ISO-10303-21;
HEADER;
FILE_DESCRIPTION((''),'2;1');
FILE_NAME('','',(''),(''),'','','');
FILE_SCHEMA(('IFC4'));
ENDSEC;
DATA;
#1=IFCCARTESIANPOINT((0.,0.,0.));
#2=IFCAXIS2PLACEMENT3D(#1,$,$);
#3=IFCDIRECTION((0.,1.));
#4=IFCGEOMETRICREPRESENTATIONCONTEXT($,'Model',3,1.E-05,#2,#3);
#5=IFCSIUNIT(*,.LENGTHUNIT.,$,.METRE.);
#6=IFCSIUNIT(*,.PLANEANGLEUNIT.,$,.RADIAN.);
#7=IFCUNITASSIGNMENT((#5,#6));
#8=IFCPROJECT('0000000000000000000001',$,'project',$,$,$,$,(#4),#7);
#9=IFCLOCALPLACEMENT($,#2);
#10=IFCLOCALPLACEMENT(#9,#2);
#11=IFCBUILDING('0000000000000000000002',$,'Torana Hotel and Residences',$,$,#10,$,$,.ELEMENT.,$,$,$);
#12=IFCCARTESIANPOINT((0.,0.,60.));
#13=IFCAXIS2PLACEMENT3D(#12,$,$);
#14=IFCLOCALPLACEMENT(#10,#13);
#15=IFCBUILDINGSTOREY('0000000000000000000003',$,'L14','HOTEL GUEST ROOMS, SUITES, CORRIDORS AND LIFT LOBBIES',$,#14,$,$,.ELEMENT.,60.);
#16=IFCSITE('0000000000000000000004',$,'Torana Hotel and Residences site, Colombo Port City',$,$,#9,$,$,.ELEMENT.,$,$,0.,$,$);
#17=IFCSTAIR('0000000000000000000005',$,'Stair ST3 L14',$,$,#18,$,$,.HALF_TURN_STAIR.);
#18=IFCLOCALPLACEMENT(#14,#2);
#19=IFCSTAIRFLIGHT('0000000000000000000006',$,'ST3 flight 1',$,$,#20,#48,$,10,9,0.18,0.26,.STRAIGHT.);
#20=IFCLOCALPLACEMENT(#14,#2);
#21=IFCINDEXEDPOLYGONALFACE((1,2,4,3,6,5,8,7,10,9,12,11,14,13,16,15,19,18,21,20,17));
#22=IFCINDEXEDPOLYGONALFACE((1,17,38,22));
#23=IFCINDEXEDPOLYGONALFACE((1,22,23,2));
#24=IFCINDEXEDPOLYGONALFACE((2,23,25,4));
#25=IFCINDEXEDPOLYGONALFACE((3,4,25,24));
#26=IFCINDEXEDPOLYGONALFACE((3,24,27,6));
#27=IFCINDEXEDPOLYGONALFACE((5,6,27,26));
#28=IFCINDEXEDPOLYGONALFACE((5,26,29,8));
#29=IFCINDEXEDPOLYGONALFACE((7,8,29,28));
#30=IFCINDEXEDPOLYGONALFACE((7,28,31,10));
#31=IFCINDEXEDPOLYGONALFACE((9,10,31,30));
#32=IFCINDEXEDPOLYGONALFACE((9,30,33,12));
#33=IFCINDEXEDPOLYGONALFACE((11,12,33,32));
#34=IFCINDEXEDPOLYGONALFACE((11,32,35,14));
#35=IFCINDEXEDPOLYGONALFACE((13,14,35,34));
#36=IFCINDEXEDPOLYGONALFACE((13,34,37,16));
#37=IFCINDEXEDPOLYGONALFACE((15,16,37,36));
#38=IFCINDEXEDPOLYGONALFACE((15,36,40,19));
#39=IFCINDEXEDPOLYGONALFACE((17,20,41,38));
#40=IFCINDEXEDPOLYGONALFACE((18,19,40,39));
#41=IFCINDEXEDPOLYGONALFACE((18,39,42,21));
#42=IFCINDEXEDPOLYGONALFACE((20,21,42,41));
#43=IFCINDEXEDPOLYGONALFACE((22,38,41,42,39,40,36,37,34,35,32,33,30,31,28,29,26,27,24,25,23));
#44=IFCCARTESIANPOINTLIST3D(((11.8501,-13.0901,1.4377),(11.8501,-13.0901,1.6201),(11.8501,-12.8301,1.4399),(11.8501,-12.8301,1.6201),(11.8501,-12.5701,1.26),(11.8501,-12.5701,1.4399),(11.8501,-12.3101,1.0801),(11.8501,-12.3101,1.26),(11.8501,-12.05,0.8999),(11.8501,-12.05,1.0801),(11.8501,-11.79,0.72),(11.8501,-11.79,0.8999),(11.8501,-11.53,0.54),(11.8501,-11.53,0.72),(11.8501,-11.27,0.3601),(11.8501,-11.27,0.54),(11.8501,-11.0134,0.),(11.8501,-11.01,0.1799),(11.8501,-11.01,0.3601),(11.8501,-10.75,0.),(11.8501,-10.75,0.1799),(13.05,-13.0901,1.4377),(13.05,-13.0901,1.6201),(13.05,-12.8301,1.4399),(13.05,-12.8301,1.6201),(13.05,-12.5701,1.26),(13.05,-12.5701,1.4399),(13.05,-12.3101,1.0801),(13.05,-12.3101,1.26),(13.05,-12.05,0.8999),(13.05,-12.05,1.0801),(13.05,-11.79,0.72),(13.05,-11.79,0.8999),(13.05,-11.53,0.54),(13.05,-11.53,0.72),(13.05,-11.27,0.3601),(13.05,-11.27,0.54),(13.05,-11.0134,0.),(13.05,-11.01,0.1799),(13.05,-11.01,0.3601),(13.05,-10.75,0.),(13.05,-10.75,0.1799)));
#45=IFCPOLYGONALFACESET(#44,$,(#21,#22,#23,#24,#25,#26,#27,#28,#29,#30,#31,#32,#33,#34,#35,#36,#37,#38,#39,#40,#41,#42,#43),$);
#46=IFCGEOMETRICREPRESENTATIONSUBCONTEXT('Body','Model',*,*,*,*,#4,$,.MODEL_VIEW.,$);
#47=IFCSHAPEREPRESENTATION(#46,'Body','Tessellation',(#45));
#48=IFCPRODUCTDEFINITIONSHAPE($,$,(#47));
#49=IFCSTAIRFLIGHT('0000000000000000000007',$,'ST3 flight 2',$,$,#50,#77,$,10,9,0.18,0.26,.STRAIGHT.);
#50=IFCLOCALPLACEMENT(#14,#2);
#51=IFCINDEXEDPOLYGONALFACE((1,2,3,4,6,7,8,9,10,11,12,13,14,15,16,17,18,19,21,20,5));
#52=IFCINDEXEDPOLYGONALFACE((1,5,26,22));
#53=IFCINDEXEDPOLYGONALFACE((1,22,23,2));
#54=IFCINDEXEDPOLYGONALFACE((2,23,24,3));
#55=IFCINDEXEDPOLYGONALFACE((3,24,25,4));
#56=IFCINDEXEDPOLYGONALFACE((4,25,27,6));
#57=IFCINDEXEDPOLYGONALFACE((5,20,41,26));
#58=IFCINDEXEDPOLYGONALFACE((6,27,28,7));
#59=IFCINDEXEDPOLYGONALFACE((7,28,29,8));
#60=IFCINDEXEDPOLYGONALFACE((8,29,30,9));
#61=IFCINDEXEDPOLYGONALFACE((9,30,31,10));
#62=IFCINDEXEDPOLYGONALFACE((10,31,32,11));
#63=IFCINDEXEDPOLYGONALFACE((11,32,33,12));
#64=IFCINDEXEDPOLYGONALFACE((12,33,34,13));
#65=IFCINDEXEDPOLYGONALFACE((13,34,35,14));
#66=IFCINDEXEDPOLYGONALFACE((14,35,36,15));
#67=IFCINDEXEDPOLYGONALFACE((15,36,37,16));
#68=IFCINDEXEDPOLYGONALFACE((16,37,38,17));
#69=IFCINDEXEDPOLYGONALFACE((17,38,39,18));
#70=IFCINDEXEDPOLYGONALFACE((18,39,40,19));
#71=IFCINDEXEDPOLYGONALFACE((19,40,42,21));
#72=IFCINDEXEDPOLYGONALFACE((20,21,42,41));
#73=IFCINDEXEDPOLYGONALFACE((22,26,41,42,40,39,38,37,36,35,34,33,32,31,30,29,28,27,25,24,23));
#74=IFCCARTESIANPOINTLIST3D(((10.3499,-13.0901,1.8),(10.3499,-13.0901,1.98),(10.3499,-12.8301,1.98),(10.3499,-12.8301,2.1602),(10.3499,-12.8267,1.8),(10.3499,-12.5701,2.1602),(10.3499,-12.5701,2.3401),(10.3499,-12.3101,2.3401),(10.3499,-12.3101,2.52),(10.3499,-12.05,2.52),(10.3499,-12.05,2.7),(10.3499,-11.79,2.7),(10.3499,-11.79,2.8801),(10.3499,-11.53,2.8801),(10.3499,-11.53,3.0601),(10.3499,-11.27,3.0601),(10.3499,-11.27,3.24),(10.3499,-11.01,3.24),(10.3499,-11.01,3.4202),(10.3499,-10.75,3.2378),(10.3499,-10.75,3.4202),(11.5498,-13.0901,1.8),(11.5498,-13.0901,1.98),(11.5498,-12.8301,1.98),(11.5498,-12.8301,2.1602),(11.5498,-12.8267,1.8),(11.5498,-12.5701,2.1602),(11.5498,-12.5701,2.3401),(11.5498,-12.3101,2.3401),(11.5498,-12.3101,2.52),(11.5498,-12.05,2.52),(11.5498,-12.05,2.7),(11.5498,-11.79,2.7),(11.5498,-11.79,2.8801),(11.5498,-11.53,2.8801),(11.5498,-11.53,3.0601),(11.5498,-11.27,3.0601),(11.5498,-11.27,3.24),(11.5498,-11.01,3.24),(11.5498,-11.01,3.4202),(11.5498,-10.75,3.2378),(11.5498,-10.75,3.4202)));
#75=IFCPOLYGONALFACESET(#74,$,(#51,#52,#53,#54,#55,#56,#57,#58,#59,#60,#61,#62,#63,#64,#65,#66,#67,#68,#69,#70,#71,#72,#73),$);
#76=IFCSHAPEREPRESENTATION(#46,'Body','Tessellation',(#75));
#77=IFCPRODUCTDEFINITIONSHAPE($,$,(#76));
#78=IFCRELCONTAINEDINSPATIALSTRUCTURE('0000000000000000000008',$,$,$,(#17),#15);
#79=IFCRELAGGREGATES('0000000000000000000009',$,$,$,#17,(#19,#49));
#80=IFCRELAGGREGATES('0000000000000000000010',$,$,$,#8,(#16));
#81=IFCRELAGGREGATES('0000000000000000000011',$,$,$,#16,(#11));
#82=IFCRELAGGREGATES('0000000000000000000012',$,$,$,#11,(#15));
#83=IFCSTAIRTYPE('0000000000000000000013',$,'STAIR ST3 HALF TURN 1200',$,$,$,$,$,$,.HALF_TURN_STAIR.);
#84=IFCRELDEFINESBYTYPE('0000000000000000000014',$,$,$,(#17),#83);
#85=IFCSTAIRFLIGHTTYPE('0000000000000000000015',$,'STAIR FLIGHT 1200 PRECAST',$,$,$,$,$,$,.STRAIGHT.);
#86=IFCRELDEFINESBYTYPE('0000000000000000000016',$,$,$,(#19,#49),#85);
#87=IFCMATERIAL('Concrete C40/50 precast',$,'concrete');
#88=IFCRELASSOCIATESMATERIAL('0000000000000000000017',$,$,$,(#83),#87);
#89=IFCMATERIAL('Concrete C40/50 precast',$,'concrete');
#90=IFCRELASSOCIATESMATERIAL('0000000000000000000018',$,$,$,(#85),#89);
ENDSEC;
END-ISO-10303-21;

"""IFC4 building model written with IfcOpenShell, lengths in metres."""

from ifc_helpers import new_model, si_unit, direction, frame, origin, place, context, subcontext, project, spatial, polyline, outline, extrude, material, type_object, element, aggregate, save


model = new_model("IFC4")

# Units and contexts
model_context = context("Model", 3, precision=1e-05, world=origin(), true_north=direction((0.0, 1.0)))
body_context = subcontext(model_context, "Body", "Model", "MODEL_VIEW")
ifc_project = project(units=[si_unit("LENGTHUNIT", "METRE"), si_unit("PLANEANGLEUNIT", "RADIAN")], contexts=[model_context])

# Site, building, storey
site_placement = place(None, origin())
site = spatial("IfcSite", under=ifc_project, at=site_placement, Name="Torana Hotel and Residences site, Colombo Port City", CompositionType="ELEMENT", RefElevation=0.0)
building_placement = place(site_placement, origin())
building = spatial("IfcBuilding", under=site, at=building_placement, Name="Torana Hotel and Residences", CompositionType="ELEMENT")
storey_placement = place(building_placement, frame((0.0, 0.0, 60.0)))
storey = spatial("IfcBuildingStorey", under=building, at=storey_placement, Name="L14", Description="HOTEL GUEST ROOMS, SUITES, CORRIDORS AND LIFT LOBBIES", CompositionType="ELEMENT", Elevation=60.0)

# Stair, stair flights
ifc_material_1 = material(Name="Concrete C40/50 precast", Category="concrete")
stair_type = type_object("IfcStairType", Name="STAIR ST3 HALF TURN 1200", PredefinedType="HALF_TURN_STAIR", material=ifc_material_1)
stair_placement = place(storey_placement, origin())
stair = element("IfcStair", 1, at=stair_placement, inside=storey, type_object=stair_type, Name="Stair ST3 L14", PredefinedType="HALF_TURN_STAIR")
ifc_material_2 = material(Name="Concrete C40/50 precast", Category="concrete")
stair_flight_type = type_object("IfcStairFlightType", Name="STAIR FLIGHT 1200 PRECAST", PredefinedType="STRAIGHT", material=ifc_material_2)
stair_flight_1_placement = place(storey_placement, frame((12.45, -10.75, 0.0), z_axis=(0.0, 0.0, 1.0), x_axis=(0.0, -1.0, 0.0)))
stair_flight_1 = element("IfcStairFlight", 2, at=stair_flight_1_placement, type_object=stair_flight_type, Name="ST3 flight 1", NumberOfRisers=10, NumberOfTreads=9, PredefinedType="STRAIGHT", RiserHeight=0.18, TreadLength=0.26, context=body_context, shape_type="SweptSolid", body=[
    extrude(outline(polyline([(0.0, 0.0), (0.0, 0.1799), (0.26, 0.1799), (0.26, 0.3601), (0.52, 0.3601), (0.52, 0.54), (0.78, 0.54), (0.78, 0.72), (1.04, 0.72), (1.04, 0.8999), (1.3, 0.8999), (1.3, 1.0801), (1.5601, 1.0801), (1.5601, 1.26), (1.8201, 1.26), (1.8201, 1.4399), (2.0801, 1.4399), (2.0801, 1.6201), (2.3401, 1.6201), (2.3401, 1.8), (2.3401, 1.4377), (0.2634, 0.0), (0.0, 0.0)])), frame((0.0, 0.6001, 0.0), z_axis=(0.0, -1.0, 0.0), x_axis=(1.0, 0.0, 0.0)), (0.0, 0.0, 1.0), 1.2),
])
stair_flight_2_placement = place(storey_placement, frame((10.95, -13.0901, 1.8), z_axis=(0.0, 0.0, 1.0), x_axis=(0.0, 1.0, 0.0)))
stair_flight_2 = element("IfcStairFlight", 3, at=stair_flight_2_placement, type_object=stair_flight_type, Name="ST3 flight 2", NumberOfRisers=10, NumberOfTreads=9, PredefinedType="STRAIGHT", RiserHeight=0.18, TreadLength=0.26, context=body_context, shape_type="SweptSolid", body=[
    extrude(outline(polyline([(0.0, 0.0), (0.0, 0.1799), (0.26, 0.1799), (0.26, 0.3601), (0.52, 0.3601), (0.52, 0.54), (0.78, 0.54), (0.78, 0.72), (1.04, 0.72), (1.04, 0.8999), (1.3, 0.8999), (1.3, 1.0801), (1.5601, 1.0801), (1.5601, 1.26), (1.8201, 1.26), (1.8201, 1.4399), (2.0801, 1.4399), (2.0801, 1.6201), (2.3401, 1.6201), (2.3401, 1.8), (2.3401, 1.4377), (0.2634, 0.0), (0.0, 0.0)])), frame((0.0, 0.6001, 0.0), z_axis=(0.0, -1.0, 0.0), x_axis=(1.0, 0.0, 0.0)), (0.0, 0.0, 1.0), 1.2),
])
aggregate(stair, [stair_flight_1, stair_flight_2])

save(model, "model.ifc")
